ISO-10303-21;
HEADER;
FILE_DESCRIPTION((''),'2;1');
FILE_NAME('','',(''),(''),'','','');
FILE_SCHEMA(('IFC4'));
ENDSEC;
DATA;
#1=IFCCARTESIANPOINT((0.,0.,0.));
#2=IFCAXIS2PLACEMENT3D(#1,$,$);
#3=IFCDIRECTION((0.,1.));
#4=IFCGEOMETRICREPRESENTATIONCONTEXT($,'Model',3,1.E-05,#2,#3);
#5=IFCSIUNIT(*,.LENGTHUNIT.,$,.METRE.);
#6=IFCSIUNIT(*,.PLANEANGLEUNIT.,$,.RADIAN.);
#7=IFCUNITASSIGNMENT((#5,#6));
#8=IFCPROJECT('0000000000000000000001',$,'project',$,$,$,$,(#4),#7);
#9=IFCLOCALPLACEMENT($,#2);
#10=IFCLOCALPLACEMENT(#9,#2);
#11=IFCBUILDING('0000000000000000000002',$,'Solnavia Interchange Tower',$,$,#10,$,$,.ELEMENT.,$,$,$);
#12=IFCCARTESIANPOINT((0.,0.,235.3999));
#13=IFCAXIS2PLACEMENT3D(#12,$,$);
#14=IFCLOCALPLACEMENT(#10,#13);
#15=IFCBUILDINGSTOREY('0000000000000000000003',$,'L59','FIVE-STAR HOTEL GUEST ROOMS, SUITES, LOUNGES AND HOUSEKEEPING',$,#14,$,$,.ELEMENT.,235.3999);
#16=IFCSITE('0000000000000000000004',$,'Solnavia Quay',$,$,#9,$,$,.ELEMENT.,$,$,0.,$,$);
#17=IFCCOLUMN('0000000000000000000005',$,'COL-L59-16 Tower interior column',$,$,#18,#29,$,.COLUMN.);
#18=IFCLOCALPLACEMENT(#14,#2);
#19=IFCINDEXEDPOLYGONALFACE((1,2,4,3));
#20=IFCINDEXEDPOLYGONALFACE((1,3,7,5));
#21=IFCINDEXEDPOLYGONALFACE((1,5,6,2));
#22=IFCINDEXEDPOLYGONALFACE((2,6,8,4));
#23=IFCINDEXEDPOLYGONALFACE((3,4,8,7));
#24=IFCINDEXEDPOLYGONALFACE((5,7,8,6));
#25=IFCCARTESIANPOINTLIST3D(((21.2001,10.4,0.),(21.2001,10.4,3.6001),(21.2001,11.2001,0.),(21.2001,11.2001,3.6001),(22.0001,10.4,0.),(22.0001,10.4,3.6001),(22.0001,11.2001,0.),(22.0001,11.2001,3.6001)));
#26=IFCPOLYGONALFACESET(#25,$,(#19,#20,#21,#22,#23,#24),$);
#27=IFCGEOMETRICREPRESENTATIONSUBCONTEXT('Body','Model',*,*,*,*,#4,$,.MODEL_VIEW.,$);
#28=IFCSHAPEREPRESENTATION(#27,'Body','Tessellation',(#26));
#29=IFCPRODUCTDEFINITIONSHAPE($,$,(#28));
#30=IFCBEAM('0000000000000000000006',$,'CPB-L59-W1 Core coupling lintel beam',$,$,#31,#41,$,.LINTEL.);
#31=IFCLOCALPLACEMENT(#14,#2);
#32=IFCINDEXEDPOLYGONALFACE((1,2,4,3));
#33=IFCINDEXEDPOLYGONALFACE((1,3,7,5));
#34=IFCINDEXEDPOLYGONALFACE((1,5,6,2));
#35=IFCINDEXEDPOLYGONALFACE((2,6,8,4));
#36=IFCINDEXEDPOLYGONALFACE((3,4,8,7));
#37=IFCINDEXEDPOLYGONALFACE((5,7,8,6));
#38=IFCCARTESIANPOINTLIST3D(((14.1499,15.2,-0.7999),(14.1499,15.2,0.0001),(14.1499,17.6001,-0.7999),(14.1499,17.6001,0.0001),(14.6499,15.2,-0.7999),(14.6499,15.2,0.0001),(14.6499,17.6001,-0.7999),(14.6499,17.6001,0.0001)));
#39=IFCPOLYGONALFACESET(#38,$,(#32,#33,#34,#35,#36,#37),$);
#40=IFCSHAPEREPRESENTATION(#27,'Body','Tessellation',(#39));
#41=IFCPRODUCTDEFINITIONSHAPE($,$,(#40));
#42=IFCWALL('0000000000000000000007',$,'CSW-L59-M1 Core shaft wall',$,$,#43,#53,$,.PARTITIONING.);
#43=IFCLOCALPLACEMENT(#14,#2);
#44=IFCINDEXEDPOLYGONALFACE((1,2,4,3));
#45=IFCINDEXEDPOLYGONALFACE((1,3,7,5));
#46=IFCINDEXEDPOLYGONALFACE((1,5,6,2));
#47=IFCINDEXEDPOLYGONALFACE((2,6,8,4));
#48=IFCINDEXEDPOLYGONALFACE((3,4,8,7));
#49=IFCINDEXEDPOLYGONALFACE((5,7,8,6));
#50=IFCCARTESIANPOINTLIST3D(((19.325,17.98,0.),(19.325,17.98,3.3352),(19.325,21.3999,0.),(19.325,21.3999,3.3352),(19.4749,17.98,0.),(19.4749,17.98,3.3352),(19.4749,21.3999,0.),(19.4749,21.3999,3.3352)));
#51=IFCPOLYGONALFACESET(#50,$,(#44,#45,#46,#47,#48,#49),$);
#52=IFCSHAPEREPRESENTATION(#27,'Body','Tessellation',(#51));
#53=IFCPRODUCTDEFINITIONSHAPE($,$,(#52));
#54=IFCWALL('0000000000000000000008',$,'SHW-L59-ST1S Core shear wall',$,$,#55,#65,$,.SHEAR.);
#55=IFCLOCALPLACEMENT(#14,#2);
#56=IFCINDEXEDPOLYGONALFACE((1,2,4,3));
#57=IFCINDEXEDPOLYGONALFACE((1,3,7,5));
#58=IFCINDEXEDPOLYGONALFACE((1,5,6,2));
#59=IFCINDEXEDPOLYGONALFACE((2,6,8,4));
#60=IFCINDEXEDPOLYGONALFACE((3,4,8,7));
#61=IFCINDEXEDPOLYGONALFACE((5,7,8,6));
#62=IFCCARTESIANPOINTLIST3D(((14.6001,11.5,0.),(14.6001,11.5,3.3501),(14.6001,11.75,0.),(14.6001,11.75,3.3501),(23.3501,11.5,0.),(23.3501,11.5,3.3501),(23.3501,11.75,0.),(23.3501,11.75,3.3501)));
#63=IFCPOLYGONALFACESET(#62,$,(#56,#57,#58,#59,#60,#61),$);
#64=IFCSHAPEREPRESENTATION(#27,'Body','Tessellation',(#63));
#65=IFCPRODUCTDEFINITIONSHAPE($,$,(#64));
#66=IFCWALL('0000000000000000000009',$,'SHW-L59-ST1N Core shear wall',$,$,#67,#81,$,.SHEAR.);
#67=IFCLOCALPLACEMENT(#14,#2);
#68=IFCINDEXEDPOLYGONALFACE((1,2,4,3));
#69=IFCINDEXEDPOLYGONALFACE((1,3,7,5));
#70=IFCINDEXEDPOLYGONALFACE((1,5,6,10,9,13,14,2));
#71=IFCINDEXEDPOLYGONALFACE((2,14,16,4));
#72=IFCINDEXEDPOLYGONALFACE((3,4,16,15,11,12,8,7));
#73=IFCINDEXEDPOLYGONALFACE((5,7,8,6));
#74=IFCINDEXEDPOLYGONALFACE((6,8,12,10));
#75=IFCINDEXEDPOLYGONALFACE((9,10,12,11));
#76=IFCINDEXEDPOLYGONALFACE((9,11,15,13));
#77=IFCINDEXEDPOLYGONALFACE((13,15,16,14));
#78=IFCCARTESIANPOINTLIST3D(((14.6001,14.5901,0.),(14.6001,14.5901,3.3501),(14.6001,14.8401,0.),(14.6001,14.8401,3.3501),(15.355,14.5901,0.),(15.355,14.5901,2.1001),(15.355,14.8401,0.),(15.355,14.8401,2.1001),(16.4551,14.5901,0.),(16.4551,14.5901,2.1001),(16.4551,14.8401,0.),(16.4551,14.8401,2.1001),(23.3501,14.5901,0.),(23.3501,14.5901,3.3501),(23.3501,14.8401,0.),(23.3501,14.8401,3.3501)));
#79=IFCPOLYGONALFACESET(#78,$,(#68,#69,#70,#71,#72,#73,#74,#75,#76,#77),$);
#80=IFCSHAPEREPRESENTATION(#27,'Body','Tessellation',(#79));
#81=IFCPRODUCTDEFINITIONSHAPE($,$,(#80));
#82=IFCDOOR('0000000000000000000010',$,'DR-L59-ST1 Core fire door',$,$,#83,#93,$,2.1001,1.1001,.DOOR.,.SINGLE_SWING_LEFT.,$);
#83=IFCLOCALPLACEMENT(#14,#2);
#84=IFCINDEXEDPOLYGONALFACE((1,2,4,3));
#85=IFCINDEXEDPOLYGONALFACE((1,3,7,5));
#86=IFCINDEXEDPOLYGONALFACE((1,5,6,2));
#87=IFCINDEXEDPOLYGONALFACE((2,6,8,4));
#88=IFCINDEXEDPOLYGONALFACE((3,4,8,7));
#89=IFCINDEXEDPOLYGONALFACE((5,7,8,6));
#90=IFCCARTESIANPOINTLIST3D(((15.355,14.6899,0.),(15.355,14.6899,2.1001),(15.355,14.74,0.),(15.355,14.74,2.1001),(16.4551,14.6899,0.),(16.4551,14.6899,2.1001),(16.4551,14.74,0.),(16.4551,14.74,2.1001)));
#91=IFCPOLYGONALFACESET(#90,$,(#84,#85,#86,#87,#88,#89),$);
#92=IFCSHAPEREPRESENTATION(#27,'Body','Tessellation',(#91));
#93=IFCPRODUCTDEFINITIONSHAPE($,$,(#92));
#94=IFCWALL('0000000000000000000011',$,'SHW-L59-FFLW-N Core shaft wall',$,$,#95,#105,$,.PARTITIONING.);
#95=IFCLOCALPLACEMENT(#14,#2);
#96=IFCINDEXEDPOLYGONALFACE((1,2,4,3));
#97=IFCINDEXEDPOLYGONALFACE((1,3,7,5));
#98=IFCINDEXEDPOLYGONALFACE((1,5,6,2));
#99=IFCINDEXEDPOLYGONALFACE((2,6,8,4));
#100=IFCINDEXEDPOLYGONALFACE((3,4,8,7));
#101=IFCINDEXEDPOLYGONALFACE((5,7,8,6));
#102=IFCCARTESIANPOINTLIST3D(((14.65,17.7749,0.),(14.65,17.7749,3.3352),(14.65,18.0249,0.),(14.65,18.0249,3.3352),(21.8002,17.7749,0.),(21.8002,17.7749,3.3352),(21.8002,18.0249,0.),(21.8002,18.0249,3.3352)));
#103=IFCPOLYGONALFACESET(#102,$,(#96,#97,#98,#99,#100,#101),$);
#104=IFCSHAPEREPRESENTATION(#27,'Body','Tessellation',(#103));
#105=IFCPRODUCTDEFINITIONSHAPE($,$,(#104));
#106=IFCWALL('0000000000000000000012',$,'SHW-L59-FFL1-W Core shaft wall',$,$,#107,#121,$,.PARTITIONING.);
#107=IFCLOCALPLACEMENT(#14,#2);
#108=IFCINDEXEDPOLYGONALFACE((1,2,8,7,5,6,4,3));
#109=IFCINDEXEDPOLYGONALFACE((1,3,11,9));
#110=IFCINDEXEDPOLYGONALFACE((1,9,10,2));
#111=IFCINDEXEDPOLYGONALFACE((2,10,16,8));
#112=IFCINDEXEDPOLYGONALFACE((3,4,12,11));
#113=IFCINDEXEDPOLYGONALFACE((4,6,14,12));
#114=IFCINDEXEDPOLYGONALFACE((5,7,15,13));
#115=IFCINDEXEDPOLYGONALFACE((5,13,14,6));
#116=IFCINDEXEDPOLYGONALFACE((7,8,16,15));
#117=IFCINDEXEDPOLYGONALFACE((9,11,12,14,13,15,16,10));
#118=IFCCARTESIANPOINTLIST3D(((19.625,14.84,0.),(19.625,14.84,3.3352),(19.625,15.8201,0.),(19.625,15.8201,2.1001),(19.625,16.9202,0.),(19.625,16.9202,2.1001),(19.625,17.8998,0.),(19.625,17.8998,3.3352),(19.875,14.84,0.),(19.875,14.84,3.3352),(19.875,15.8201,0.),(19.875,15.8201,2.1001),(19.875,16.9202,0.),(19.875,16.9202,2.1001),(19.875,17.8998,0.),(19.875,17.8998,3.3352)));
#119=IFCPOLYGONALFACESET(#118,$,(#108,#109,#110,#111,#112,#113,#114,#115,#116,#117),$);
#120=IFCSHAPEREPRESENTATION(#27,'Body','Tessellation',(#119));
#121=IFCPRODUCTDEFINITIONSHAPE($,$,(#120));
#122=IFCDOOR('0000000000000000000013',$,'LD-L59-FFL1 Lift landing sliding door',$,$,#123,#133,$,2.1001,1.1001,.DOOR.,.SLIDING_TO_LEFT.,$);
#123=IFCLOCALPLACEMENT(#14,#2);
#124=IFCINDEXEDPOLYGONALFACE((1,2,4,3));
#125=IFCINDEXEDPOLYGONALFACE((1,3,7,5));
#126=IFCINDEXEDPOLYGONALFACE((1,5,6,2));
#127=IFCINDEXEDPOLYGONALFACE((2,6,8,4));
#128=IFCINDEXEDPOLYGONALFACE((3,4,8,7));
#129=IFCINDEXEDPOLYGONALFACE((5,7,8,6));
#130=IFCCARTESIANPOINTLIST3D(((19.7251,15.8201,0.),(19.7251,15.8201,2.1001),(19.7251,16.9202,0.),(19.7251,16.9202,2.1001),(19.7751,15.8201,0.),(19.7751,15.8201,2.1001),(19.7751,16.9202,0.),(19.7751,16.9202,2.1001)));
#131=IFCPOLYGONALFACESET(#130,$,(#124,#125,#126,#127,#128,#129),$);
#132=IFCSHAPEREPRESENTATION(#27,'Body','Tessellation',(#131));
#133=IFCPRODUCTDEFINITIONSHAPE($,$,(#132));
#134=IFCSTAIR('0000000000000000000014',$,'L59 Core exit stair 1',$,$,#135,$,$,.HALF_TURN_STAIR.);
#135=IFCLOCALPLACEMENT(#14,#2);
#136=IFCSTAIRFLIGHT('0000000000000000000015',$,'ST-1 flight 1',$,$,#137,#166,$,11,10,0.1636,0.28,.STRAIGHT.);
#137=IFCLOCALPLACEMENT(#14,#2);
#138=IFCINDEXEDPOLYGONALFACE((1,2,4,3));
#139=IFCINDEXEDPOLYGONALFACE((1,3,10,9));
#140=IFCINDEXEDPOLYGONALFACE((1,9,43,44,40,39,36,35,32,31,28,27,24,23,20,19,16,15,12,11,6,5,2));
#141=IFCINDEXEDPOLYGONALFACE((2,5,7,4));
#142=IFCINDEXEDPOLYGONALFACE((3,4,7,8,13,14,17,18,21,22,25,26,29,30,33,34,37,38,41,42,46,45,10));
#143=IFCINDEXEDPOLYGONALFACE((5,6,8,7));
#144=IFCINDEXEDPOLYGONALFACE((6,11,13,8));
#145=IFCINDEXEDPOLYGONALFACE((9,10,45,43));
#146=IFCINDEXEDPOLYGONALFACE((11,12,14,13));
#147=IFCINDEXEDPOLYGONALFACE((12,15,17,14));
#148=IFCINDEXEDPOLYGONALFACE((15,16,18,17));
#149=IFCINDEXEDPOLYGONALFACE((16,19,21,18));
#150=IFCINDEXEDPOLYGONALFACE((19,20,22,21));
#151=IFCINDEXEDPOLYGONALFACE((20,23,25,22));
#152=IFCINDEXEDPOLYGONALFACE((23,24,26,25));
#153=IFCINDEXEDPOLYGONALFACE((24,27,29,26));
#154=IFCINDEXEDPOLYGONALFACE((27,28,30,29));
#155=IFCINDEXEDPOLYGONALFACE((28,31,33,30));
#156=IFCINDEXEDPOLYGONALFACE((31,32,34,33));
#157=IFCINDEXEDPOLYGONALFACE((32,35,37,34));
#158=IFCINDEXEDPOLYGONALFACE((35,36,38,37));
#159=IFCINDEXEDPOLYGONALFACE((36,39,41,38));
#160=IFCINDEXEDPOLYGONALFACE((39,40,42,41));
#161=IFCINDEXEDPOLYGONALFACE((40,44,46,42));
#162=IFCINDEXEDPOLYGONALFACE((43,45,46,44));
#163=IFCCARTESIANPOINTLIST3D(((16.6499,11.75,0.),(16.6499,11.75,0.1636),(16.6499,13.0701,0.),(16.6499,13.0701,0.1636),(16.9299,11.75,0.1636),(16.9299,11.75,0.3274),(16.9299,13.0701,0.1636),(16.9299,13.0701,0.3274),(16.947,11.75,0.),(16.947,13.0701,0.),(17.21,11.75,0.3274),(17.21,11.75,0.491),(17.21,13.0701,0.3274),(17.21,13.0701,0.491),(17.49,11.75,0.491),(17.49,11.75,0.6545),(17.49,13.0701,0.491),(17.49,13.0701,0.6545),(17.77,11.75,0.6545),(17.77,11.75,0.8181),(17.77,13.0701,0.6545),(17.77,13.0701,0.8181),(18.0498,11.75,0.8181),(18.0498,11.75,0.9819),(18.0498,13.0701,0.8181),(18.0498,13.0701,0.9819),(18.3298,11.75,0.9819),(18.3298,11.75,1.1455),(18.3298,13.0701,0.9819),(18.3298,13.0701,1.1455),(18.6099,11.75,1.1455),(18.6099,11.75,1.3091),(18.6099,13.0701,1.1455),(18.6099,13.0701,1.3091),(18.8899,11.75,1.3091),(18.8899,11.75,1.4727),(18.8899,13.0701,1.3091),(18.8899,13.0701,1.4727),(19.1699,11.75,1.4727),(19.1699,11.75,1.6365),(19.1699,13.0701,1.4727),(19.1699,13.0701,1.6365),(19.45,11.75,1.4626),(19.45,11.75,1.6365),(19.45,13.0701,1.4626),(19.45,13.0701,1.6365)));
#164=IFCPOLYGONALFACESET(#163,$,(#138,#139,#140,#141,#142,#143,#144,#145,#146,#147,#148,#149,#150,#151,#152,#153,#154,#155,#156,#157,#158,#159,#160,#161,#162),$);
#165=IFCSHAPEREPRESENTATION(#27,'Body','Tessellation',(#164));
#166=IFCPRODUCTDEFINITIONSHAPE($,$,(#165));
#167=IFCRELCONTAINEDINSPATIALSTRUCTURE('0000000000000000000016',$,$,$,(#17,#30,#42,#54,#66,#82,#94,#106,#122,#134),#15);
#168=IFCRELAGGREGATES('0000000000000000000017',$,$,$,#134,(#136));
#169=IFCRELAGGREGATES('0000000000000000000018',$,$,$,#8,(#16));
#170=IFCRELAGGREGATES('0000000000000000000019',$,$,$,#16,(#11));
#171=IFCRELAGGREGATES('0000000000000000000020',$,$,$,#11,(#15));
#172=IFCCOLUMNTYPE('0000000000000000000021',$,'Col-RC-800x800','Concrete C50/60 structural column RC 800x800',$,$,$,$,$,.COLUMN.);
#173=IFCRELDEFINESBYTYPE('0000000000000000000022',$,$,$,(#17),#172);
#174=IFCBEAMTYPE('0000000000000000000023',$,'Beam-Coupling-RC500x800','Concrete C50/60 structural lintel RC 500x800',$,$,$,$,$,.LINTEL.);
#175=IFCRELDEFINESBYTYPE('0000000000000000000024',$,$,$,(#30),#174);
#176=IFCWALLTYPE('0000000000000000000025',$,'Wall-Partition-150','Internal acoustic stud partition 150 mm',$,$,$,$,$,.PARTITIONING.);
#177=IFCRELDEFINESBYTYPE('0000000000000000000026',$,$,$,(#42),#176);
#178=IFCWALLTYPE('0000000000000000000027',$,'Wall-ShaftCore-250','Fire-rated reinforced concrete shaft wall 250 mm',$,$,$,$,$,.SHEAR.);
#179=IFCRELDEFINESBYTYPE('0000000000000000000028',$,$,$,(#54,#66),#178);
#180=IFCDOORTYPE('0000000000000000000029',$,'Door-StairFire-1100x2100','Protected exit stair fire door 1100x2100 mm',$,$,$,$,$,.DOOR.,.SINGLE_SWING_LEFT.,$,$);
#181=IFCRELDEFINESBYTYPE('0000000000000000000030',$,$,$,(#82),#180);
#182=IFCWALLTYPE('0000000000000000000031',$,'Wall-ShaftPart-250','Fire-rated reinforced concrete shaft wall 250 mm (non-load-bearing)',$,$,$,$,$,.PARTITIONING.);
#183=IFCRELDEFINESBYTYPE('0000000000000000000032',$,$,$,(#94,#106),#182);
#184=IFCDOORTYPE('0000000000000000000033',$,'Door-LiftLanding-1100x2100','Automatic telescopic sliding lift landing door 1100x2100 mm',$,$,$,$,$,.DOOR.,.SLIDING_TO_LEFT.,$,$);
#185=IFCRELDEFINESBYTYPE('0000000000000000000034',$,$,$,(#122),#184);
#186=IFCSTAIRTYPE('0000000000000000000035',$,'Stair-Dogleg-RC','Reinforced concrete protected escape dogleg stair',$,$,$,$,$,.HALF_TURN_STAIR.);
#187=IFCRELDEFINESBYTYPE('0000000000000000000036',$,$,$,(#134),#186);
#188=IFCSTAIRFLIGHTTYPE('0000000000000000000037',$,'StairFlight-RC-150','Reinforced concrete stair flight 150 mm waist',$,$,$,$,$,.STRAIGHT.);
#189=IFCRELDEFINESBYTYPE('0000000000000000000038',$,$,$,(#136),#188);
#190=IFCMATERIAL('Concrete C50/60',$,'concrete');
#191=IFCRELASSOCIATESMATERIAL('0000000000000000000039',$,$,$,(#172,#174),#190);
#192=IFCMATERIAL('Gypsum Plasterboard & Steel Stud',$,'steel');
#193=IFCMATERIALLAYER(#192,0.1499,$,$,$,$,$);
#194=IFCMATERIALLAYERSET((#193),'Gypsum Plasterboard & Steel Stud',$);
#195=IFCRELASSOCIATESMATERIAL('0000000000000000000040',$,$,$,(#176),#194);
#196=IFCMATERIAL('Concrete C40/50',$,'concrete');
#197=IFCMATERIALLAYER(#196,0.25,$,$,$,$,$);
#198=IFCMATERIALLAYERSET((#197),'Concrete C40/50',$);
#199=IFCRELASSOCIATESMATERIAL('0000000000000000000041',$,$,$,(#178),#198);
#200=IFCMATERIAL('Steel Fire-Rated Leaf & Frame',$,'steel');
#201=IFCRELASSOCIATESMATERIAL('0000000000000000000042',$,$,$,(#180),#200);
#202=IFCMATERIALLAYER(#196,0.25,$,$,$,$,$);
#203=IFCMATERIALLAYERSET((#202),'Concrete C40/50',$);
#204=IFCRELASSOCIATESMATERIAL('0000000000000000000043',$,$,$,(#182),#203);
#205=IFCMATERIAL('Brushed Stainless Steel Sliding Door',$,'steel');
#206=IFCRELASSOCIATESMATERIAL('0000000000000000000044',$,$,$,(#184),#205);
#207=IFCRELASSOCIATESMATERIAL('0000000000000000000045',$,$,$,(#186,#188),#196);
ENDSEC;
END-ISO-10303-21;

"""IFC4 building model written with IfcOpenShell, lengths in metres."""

from ifc_helpers import new_model, si_unit, direction, frame, frame_2d, origin, origin_2d, place, context, subcontext, project, spatial, polyline, rectangle, outline, extrude, material, layer, layer_set, material_profile, profile_set, type_object, element, fill, aggregate, save


model = new_model("IFC4")

# Units and contexts
model_context = context("Model", 3, precision=1e-05, world=origin(), true_north=direction((0.0, 1.0)))
body_context = subcontext(model_context, "Body", "Model", "MODEL_VIEW")
ifc_project = project(units=[si_unit("LENGTHUNIT", "METRE"), si_unit("PLANEANGLEUNIT", "RADIAN")], contexts=[model_context])

# Site, building, storey
site_placement = place(None, origin())
site = spatial("IfcSite", under=ifc_project, at=site_placement, Name="Solnavia Quay", CompositionType="ELEMENT", RefElevation=0.0)
building_placement = place(site_placement, origin())
building = spatial("IfcBuilding", under=site, at=building_placement, Name="Solnavia Interchange Tower", CompositionType="ELEMENT")
storey_placement = place(building_placement, frame((0.0, 0.0, 235.3999)))
storey = spatial("IfcBuildingStorey", under=building, at=storey_placement, Name="L59", Description="FIVE-STAR HOTEL GUEST ROOMS, SUITES, LOUNGES AND HOUSEKEEPING", CompositionType="ELEMENT", Elevation=235.3999)

# Column
ifc_material_1 = material(Name="Concrete C50/60", Category="concrete")
ifc_material_profile_1 = material_profile(ifc_material_1, rectangle(XDim=0.8, YDim=0.8, at=origin_2d()), Name="RC 800x800")
ifc_profile_set_1 = profile_set([ifc_material_profile_1], Name="Concrete C50/60")
column_type = type_object("IfcColumnType", Name="Col-RC-800x800", Description="Concrete C50/60 structural column RC 800x800", PredefinedType="COLUMN", material=ifc_profile_set_1)
column_placement = place(storey_placement, frame((21.6001, 10.8, 0.0), z_axis=(0.0, 0.0, 1.0), x_axis=(1.0, 0.0, 0.0)))
element("IfcColumn", 1, at=column_placement, inside=storey, type_object=column_type, Name="COL-L59-16 Tower interior column", PredefinedType="COLUMN", context=body_context, shape_type="SweptSolid", body=[
    extrude(rectangle(XDim=0.8, YDim=0.8, at=origin_2d()), origin(), (0.0, 0.0, 1.0), 3.6001),
])

# Beam
ifc_material_profile_2 = material_profile(ifc_material_1, rectangle(XDim=0.5, YDim=0.8, at=origin_2d()), Name="RC 500x800")
ifc_profile_set_2 = profile_set([ifc_material_profile_2], Name="Concrete C50/60")
beam_type = type_object("IfcBeamType", Name="Beam-Coupling-RC500x800", Description="Concrete C50/60 structural lintel RC 500x800", PredefinedType="LINTEL", material=ifc_profile_set_2)
beam_placement = place(storey_placement, frame((14.3999, 15.2, -0.3999), z_axis=(0.0, 1.0, 0.0), x_axis=(-1.0, 0.0, 0.0)))
element("IfcBeam", 2, at=beam_placement, inside=storey, type_object=beam_type, Name="CPB-L59-W1 Core coupling lintel beam", PredefinedType="LINTEL", context=body_context, shape_type="SweptSolid", body=[
    extrude(rectangle(XDim=0.5, YDim=0.8, at=origin_2d()), origin(), (0.0, 0.0, 1.0), 2.4001),
])

# Walls
ifc_material_2 = material(Name="Gypsum Plasterboard & Steel Stud", Category="steel")
ifc_layer_1 = layer(ifc_material_2, 0.1499)
ifc_layer_set_1 = layer_set([ifc_layer_1], Name="Gypsum Plasterboard & Steel Stud")
wall_type_1 = type_object("IfcWallType", Name="Wall-Partition-150", Description="Internal acoustic stud partition 150 mm", PredefinedType="PARTITIONING", material=ifc_layer_set_1)
wall_1_placement = place(storey_placement, frame((19.3999, 17.98, 0.0), z_axis=(0.0, 0.0, 1.0), x_axis=(0.0, 1.0, 0.0)))
element("IfcWall", 3, at=wall_1_placement, inside=storey, type_object=wall_type_1, Name="CSW-L59-M1 Core shaft wall", PredefinedType="PARTITIONING", context=body_context, shape_type="SweptSolid", body=[
    extrude(rectangle(XDim=3.4199, YDim=0.1499, at=frame_2d((1.71, 0.0))), origin(), (0.0, 0.0, 1.0), 3.3352),
])
ifc_material_3 = material(Name="Concrete C40/50", Category="concrete")
ifc_layer_2 = layer(ifc_material_3, 0.25)
ifc_layer_set_2 = layer_set([ifc_layer_2], Name="Concrete C40/50")
wall_type_2 = type_object("IfcWallType", Name="Wall-ShaftCore-250", Description="Fire-rated reinforced concrete shaft wall 250 mm", PredefinedType="SHEAR", material=ifc_layer_set_2)
wall_2_placement = place(storey_placement, frame((14.6001, 11.625, 0.0), z_axis=(0.0, 0.0, 1.0), x_axis=(1.0, 0.0, 0.0)))
element("IfcWall", 4, at=wall_2_placement, inside=storey, type_object=wall_type_2, Name="SHW-L59-ST1S Core shear wall", PredefinedType="SHEAR", context=body_context, shape_type="SweptSolid", body=[
    extrude(rectangle(XDim=8.75, YDim=0.25, at=frame_2d((4.375, 0.0))), origin(), (0.0, 0.0, 1.0), 3.3501),
])

# Wall, opening, door
wall_3_placement = place(storey_placement, frame((14.6001, 14.7151, 0.0), z_axis=(0.0, 0.0, 1.0), x_axis=(1.0, 0.0, 0.0)))
wall_3 = element("IfcWall", 5, at=wall_3_placement, inside=storey, type_object=wall_type_2, Name="SHW-L59-ST1N Core shear wall", PredefinedType="SHEAR", context=body_context, shape_type="SweptSolid", body=[
    extrude(rectangle(XDim=8.75, YDim=0.25, at=frame_2d((4.375, 0.0))), origin(), (0.0, 0.0, 1.0), 3.3501),
])
opening_1_placement = place(wall_3_placement, frame((0.7549, 0.0, 0.0)))
opening_1 = element("IfcOpeningElement", 6, at=opening_1_placement, cuts=wall_3, PredefinedType="OPENING", context=body_context, shape_type="SweptSolid", body=[
    extrude(rectangle(XDim=1.1001, YDim=2.1001, at=frame_2d((0.55, 1.05))), frame((0.0, 0.135, 0.0), z_axis=(0.0, -1.0, 0.0), x_axis=(1.0, 0.0, 0.0)), (0.0, 0.0, 1.0), 0.27),
])
ifc_material_4 = material(Name="Steel Fire-Rated Leaf & Frame", Category="steel")
door_type_1 = type_object("IfcDoorType", Name="Door-StairFire-1100x2100", Description="Protected exit stair fire door 1100x2100 mm", OperationType="SINGLE_SWING_LEFT", PredefinedType="DOOR", material=ifc_material_4)
door_1_placement = place(opening_1_placement, origin())
door_1 = element("IfcDoor", 7, at=door_1_placement, inside=storey, type_object=door_type_1, Name="DR-L59-ST1 Core fire door", OperationType="SINGLE_SWING_LEFT", OverallHeight=2.1001, OverallWidth=1.1001, PredefinedType="DOOR", context=body_context, shape_type="SweptSolid", body=[
    extrude(rectangle(XDim=1.1001, YDim=2.1001, at=frame_2d((0.55, 1.05))), frame((0.0, 0.0249, 0.0), z_axis=(0.0, -1.0, 0.0), x_axis=(1.0, 0.0, 0.0)), (0.0, 0.0, 1.0), 0.05),
])
fill(opening_1, door_1)

# Wall
ifc_layer_3 = layer(ifc_material_3, 0.25)
ifc_layer_set_3 = layer_set([ifc_layer_3], Name="Concrete C40/50")
wall_type_3 = type_object("IfcWallType", Name="Wall-ShaftPart-250", Description="Fire-rated reinforced concrete shaft wall 250 mm (non-load-bearing)", PredefinedType="PARTITIONING", material=ifc_layer_set_3)
wall_4_placement = place(storey_placement, frame((14.6499, 17.8999, 0.0), z_axis=(0.0, 0.0, 1.0), x_axis=(1.0, 0.0, 0.0)))
element("IfcWall", 8, at=wall_4_placement, inside=storey, type_object=wall_type_3, Name="SHW-L59-FFLW-N Core shaft wall", PredefinedType="PARTITIONING", context=body_context, shape_type="SweptSolid", body=[
    extrude(rectangle(XDim=7.1501, YDim=0.25, at=frame_2d((3.5752, 0.0))), origin(), (0.0, 0.0, 1.0), 3.3352),
])

# Wall, opening, door
wall_5_placement = place(storey_placement, frame((19.75, 14.8401, 0.0), z_axis=(0.0, 0.0, 1.0), x_axis=(0.0, 1.0, 0.0)))
wall_5 = element("IfcWall", 9, at=wall_5_placement, inside=storey, type_object=wall_type_3, Name="SHW-L59-FFL1-W Core shaft wall", PredefinedType="PARTITIONING", context=body_context, shape_type="SweptSolid", body=[
    extrude(rectangle(XDim=3.0598, YDim=0.25, at=frame_2d((1.5298, 0.0))), origin(), (0.0, 0.0, 1.0), 3.3352),
])
opening_2_placement = place(wall_5_placement, frame((0.98, 0.0, 0.0)))
opening_2 = element("IfcOpeningElement", 10, at=opening_2_placement, cuts=wall_5, PredefinedType="OPENING", context=body_context, shape_type="SweptSolid", body=[
    extrude(rectangle(XDim=1.1001, YDim=2.1001, at=frame_2d((0.55, 1.05))), frame((0.0, 0.135, 0.0), z_axis=(0.0, -1.0, 0.0), x_axis=(1.0, 0.0, 0.0)), (0.0, 0.0, 1.0), 0.27),
])
ifc_material_5 = material(Name="Brushed Stainless Steel Sliding Door", Category="steel")
door_type_2 = type_object("IfcDoorType", Name="Door-LiftLanding-1100x2100", Description="Automatic telescopic sliding lift landing door 1100x2100 mm", OperationType="SLIDING_TO_LEFT", PredefinedType="DOOR", material=ifc_material_5)
door_2_placement = place(opening_2_placement, origin())
door_2 = element("IfcDoor", 11, at=door_2_placement, inside=storey, type_object=door_type_2, Name="LD-L59-FFL1 Lift landing sliding door", OperationType="SLIDING_TO_LEFT", OverallHeight=2.1001, OverallWidth=1.1001, PredefinedType="DOOR", context=body_context, shape_type="SweptSolid", body=[
    extrude(rectangle(XDim=1.1001, YDim=2.1001, at=frame_2d((0.55, 1.05))), frame((0.0, 0.0249, 0.0), z_axis=(0.0, -1.0, 0.0), x_axis=(1.0, 0.0, 0.0)), (0.0, 0.0, 1.0), 0.05),
])
fill(opening_2, door_2)

# Stair, stair flight
stair_type = type_object("IfcStairType", Name="Stair-Dogleg-RC", Description="Reinforced concrete protected escape dogleg stair", PredefinedType="HALF_TURN_STAIR", material=ifc_material_3)
stair_placement = place(storey_placement, origin())
stair = element("IfcStair", 12, at=stair_placement, inside=storey, type_object=stair_type, Name="L59 Core exit stair 1", PredefinedType="HALF_TURN_STAIR")
stair_flight_type = type_object("IfcStairFlightType", Name="StairFlight-RC-150", Description="Reinforced concrete stair flight 150 mm waist", PredefinedType="STRAIGHT", material=ifc_material_3)
stair_flight_1_placement = place(storey_placement, frame((16.6499, 12.4099, 0.0), z_axis=(0.0, 0.0, 1.0), x_axis=(1.0, 0.0, 0.0)))
stair_flight_1 = element("IfcStairFlight", 13, at=stair_flight_1_placement, type_object=stair_flight_type, Name="ST-1 flight 1", NumberOfRisers=11, NumberOfTreads=10, PredefinedType="STRAIGHT", RiserHeight=0.1636, TreadLength=0.28, context=body_context, shape_type="SweptSolid", body=[
    extrude(outline(polyline([(0.0, 0.0), (0.0, 0.1636), (0.28, 0.1636), (0.28, 0.3274), (0.5601, 0.3274), (0.5601, 0.491), (0.8401, 0.491), (0.8401, 0.6545), (1.1201, 0.6545), (1.1201, 0.8181), (1.3999, 0.8181), (1.3999, 0.9819), (1.6799, 0.9819), (1.6799, 1.1455), (1.96, 1.1455), (1.96, 1.3091), (2.24, 1.3091), (2.24, 1.4727), (2.52, 1.4727), (2.52, 1.6365), (2.8, 1.6365), (2.8, 1.8), (2.8, 1.4626), (0.2971, 0.0), (0.0, 0.0)])), frame((0.0, 0.6602, 0.0), z_axis=(0.0, -1.0, 0.0), x_axis=(1.0, 0.0, 0.0)), (0.0, 0.0, 1.0), 1.3201),
])
aggregate(stair, [stair_flight_1])

save(model, "model.ifc")
